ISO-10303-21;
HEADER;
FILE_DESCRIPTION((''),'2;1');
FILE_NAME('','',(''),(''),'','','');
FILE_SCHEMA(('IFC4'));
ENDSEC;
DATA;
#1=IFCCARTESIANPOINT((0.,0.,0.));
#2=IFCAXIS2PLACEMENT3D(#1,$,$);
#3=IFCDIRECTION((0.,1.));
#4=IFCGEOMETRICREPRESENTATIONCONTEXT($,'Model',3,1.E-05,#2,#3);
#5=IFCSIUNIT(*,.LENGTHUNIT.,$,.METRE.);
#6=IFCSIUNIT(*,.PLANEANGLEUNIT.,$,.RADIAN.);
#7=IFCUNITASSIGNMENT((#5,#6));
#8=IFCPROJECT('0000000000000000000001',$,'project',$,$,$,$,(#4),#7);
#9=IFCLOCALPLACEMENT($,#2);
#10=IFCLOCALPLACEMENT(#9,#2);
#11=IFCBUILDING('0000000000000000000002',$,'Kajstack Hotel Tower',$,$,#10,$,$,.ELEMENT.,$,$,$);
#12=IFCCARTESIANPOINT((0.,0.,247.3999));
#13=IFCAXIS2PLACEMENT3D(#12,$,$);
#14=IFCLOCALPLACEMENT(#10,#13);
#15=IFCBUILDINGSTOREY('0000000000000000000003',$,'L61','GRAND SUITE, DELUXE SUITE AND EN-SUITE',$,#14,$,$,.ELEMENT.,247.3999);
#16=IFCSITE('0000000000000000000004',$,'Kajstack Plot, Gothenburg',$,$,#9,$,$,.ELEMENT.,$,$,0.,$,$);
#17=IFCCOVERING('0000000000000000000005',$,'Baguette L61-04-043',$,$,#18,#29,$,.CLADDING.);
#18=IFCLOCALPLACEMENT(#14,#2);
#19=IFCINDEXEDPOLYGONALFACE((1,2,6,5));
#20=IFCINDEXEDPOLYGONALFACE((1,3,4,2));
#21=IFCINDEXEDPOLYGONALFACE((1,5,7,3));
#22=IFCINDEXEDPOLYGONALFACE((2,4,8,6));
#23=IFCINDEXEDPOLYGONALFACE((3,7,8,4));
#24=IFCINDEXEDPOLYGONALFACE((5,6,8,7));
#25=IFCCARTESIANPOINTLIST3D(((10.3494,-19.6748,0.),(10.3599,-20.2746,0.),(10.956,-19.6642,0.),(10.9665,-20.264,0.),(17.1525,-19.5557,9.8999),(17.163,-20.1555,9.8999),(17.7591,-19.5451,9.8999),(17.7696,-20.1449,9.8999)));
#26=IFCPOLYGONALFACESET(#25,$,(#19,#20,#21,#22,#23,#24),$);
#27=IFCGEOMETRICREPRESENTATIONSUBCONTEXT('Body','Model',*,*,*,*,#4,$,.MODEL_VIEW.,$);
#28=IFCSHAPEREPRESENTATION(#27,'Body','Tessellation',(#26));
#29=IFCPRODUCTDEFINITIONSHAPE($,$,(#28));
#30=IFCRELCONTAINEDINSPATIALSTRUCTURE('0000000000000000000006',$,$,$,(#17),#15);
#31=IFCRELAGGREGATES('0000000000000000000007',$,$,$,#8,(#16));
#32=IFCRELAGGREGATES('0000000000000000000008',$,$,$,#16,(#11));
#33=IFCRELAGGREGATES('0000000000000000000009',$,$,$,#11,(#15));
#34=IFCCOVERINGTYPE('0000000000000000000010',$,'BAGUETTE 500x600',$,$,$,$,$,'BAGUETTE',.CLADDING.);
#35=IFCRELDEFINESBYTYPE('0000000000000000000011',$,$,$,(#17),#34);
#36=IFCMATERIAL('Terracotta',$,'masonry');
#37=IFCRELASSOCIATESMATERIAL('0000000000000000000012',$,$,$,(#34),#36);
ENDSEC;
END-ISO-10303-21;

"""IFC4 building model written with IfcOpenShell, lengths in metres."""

from ifc_helpers import new_model, si_unit, direction, frame, origin, origin_2d, place, context, subcontext, project, spatial, polyline, rectangle, outline, extrude, material, material_profile, profile_set, type_object, element, save


model = new_model("IFC4")

# Units and contexts
model_context = context("Model", 3, precision=1e-05, world=origin(), true_north=direction((0.0, 1.0)))
body_context = subcontext(model_context, "Body", "Model", "MODEL_VIEW")
ifc_project = project(units=[si_unit("LENGTHUNIT", "METRE"), si_unit("PLANEANGLEUNIT", "RADIAN")], contexts=[model_context])

# Site, building, storey
site_placement = place(None, origin())
site = spatial("IfcSite", under=ifc_project, at=site_placement, Name="Kajstack Plot, Gothenburg", CompositionType="ELEMENT", RefElevation=0.0)
building_placement = place(site_placement, origin())
building = spatial("IfcBuilding", under=site, at=building_placement, Name="Kajstack Hotel Tower", CompositionType="ELEMENT")
storey_placement = place(building_placement, frame((0.0, 0.0, 247.3999)))
storey = spatial("IfcBuildingStorey", under=building, at=storey_placement, Name="L61", Description="GRAND SUITE, DELUXE SUITE AND EN-SUITE", CompositionType="ELEMENT", Elevation=247.3999)

# Covering
ifc_material_1 = material(Name="Terracotta", Category="masonry")
ifc_material_profile = material_profile(ifc_material_1, rectangle(XDim=0.6001, YDim=0.5, at=origin_2d()), Name="Terracotta-clad concrete baguette 500 x 600")
ifc_profile_set = profile_set([ifc_material_profile], Name="Terracotta")
covering_type = type_object("IfcCoveringType", Name="BAGUETTE 500x600", ElementType="BAGUETTE", PredefinedType="CLADDING", material=ifc_profile_set)
for number, where, z_axis, x_axis, name in (
    (1, (10.3494, -19.6748, 0.0), (0.017498, -0.999847, 0.0), (0.999847, 0.017498, 0.0), "Baguette L61-04-043"),
):
    element("IfcCovering", number, at=place(storey_placement, frame(where, z_axis=z_axis, x_axis=x_axis)), inside=storey, type_object=covering_type, Name=name, PredefinedType="CLADDING", context=body_context, shape_type="SweptSolid", body=[
        extrude(outline(polyline([(6.8042, 9.8999), (0.0, 0.0), (0.6067, 0.0), (7.4109, 9.8999), (6.8042, 9.8999)])), origin(), (0.0, 0.0, 1.0), 0.5999),
    ])

save(model, "model.ifc")
